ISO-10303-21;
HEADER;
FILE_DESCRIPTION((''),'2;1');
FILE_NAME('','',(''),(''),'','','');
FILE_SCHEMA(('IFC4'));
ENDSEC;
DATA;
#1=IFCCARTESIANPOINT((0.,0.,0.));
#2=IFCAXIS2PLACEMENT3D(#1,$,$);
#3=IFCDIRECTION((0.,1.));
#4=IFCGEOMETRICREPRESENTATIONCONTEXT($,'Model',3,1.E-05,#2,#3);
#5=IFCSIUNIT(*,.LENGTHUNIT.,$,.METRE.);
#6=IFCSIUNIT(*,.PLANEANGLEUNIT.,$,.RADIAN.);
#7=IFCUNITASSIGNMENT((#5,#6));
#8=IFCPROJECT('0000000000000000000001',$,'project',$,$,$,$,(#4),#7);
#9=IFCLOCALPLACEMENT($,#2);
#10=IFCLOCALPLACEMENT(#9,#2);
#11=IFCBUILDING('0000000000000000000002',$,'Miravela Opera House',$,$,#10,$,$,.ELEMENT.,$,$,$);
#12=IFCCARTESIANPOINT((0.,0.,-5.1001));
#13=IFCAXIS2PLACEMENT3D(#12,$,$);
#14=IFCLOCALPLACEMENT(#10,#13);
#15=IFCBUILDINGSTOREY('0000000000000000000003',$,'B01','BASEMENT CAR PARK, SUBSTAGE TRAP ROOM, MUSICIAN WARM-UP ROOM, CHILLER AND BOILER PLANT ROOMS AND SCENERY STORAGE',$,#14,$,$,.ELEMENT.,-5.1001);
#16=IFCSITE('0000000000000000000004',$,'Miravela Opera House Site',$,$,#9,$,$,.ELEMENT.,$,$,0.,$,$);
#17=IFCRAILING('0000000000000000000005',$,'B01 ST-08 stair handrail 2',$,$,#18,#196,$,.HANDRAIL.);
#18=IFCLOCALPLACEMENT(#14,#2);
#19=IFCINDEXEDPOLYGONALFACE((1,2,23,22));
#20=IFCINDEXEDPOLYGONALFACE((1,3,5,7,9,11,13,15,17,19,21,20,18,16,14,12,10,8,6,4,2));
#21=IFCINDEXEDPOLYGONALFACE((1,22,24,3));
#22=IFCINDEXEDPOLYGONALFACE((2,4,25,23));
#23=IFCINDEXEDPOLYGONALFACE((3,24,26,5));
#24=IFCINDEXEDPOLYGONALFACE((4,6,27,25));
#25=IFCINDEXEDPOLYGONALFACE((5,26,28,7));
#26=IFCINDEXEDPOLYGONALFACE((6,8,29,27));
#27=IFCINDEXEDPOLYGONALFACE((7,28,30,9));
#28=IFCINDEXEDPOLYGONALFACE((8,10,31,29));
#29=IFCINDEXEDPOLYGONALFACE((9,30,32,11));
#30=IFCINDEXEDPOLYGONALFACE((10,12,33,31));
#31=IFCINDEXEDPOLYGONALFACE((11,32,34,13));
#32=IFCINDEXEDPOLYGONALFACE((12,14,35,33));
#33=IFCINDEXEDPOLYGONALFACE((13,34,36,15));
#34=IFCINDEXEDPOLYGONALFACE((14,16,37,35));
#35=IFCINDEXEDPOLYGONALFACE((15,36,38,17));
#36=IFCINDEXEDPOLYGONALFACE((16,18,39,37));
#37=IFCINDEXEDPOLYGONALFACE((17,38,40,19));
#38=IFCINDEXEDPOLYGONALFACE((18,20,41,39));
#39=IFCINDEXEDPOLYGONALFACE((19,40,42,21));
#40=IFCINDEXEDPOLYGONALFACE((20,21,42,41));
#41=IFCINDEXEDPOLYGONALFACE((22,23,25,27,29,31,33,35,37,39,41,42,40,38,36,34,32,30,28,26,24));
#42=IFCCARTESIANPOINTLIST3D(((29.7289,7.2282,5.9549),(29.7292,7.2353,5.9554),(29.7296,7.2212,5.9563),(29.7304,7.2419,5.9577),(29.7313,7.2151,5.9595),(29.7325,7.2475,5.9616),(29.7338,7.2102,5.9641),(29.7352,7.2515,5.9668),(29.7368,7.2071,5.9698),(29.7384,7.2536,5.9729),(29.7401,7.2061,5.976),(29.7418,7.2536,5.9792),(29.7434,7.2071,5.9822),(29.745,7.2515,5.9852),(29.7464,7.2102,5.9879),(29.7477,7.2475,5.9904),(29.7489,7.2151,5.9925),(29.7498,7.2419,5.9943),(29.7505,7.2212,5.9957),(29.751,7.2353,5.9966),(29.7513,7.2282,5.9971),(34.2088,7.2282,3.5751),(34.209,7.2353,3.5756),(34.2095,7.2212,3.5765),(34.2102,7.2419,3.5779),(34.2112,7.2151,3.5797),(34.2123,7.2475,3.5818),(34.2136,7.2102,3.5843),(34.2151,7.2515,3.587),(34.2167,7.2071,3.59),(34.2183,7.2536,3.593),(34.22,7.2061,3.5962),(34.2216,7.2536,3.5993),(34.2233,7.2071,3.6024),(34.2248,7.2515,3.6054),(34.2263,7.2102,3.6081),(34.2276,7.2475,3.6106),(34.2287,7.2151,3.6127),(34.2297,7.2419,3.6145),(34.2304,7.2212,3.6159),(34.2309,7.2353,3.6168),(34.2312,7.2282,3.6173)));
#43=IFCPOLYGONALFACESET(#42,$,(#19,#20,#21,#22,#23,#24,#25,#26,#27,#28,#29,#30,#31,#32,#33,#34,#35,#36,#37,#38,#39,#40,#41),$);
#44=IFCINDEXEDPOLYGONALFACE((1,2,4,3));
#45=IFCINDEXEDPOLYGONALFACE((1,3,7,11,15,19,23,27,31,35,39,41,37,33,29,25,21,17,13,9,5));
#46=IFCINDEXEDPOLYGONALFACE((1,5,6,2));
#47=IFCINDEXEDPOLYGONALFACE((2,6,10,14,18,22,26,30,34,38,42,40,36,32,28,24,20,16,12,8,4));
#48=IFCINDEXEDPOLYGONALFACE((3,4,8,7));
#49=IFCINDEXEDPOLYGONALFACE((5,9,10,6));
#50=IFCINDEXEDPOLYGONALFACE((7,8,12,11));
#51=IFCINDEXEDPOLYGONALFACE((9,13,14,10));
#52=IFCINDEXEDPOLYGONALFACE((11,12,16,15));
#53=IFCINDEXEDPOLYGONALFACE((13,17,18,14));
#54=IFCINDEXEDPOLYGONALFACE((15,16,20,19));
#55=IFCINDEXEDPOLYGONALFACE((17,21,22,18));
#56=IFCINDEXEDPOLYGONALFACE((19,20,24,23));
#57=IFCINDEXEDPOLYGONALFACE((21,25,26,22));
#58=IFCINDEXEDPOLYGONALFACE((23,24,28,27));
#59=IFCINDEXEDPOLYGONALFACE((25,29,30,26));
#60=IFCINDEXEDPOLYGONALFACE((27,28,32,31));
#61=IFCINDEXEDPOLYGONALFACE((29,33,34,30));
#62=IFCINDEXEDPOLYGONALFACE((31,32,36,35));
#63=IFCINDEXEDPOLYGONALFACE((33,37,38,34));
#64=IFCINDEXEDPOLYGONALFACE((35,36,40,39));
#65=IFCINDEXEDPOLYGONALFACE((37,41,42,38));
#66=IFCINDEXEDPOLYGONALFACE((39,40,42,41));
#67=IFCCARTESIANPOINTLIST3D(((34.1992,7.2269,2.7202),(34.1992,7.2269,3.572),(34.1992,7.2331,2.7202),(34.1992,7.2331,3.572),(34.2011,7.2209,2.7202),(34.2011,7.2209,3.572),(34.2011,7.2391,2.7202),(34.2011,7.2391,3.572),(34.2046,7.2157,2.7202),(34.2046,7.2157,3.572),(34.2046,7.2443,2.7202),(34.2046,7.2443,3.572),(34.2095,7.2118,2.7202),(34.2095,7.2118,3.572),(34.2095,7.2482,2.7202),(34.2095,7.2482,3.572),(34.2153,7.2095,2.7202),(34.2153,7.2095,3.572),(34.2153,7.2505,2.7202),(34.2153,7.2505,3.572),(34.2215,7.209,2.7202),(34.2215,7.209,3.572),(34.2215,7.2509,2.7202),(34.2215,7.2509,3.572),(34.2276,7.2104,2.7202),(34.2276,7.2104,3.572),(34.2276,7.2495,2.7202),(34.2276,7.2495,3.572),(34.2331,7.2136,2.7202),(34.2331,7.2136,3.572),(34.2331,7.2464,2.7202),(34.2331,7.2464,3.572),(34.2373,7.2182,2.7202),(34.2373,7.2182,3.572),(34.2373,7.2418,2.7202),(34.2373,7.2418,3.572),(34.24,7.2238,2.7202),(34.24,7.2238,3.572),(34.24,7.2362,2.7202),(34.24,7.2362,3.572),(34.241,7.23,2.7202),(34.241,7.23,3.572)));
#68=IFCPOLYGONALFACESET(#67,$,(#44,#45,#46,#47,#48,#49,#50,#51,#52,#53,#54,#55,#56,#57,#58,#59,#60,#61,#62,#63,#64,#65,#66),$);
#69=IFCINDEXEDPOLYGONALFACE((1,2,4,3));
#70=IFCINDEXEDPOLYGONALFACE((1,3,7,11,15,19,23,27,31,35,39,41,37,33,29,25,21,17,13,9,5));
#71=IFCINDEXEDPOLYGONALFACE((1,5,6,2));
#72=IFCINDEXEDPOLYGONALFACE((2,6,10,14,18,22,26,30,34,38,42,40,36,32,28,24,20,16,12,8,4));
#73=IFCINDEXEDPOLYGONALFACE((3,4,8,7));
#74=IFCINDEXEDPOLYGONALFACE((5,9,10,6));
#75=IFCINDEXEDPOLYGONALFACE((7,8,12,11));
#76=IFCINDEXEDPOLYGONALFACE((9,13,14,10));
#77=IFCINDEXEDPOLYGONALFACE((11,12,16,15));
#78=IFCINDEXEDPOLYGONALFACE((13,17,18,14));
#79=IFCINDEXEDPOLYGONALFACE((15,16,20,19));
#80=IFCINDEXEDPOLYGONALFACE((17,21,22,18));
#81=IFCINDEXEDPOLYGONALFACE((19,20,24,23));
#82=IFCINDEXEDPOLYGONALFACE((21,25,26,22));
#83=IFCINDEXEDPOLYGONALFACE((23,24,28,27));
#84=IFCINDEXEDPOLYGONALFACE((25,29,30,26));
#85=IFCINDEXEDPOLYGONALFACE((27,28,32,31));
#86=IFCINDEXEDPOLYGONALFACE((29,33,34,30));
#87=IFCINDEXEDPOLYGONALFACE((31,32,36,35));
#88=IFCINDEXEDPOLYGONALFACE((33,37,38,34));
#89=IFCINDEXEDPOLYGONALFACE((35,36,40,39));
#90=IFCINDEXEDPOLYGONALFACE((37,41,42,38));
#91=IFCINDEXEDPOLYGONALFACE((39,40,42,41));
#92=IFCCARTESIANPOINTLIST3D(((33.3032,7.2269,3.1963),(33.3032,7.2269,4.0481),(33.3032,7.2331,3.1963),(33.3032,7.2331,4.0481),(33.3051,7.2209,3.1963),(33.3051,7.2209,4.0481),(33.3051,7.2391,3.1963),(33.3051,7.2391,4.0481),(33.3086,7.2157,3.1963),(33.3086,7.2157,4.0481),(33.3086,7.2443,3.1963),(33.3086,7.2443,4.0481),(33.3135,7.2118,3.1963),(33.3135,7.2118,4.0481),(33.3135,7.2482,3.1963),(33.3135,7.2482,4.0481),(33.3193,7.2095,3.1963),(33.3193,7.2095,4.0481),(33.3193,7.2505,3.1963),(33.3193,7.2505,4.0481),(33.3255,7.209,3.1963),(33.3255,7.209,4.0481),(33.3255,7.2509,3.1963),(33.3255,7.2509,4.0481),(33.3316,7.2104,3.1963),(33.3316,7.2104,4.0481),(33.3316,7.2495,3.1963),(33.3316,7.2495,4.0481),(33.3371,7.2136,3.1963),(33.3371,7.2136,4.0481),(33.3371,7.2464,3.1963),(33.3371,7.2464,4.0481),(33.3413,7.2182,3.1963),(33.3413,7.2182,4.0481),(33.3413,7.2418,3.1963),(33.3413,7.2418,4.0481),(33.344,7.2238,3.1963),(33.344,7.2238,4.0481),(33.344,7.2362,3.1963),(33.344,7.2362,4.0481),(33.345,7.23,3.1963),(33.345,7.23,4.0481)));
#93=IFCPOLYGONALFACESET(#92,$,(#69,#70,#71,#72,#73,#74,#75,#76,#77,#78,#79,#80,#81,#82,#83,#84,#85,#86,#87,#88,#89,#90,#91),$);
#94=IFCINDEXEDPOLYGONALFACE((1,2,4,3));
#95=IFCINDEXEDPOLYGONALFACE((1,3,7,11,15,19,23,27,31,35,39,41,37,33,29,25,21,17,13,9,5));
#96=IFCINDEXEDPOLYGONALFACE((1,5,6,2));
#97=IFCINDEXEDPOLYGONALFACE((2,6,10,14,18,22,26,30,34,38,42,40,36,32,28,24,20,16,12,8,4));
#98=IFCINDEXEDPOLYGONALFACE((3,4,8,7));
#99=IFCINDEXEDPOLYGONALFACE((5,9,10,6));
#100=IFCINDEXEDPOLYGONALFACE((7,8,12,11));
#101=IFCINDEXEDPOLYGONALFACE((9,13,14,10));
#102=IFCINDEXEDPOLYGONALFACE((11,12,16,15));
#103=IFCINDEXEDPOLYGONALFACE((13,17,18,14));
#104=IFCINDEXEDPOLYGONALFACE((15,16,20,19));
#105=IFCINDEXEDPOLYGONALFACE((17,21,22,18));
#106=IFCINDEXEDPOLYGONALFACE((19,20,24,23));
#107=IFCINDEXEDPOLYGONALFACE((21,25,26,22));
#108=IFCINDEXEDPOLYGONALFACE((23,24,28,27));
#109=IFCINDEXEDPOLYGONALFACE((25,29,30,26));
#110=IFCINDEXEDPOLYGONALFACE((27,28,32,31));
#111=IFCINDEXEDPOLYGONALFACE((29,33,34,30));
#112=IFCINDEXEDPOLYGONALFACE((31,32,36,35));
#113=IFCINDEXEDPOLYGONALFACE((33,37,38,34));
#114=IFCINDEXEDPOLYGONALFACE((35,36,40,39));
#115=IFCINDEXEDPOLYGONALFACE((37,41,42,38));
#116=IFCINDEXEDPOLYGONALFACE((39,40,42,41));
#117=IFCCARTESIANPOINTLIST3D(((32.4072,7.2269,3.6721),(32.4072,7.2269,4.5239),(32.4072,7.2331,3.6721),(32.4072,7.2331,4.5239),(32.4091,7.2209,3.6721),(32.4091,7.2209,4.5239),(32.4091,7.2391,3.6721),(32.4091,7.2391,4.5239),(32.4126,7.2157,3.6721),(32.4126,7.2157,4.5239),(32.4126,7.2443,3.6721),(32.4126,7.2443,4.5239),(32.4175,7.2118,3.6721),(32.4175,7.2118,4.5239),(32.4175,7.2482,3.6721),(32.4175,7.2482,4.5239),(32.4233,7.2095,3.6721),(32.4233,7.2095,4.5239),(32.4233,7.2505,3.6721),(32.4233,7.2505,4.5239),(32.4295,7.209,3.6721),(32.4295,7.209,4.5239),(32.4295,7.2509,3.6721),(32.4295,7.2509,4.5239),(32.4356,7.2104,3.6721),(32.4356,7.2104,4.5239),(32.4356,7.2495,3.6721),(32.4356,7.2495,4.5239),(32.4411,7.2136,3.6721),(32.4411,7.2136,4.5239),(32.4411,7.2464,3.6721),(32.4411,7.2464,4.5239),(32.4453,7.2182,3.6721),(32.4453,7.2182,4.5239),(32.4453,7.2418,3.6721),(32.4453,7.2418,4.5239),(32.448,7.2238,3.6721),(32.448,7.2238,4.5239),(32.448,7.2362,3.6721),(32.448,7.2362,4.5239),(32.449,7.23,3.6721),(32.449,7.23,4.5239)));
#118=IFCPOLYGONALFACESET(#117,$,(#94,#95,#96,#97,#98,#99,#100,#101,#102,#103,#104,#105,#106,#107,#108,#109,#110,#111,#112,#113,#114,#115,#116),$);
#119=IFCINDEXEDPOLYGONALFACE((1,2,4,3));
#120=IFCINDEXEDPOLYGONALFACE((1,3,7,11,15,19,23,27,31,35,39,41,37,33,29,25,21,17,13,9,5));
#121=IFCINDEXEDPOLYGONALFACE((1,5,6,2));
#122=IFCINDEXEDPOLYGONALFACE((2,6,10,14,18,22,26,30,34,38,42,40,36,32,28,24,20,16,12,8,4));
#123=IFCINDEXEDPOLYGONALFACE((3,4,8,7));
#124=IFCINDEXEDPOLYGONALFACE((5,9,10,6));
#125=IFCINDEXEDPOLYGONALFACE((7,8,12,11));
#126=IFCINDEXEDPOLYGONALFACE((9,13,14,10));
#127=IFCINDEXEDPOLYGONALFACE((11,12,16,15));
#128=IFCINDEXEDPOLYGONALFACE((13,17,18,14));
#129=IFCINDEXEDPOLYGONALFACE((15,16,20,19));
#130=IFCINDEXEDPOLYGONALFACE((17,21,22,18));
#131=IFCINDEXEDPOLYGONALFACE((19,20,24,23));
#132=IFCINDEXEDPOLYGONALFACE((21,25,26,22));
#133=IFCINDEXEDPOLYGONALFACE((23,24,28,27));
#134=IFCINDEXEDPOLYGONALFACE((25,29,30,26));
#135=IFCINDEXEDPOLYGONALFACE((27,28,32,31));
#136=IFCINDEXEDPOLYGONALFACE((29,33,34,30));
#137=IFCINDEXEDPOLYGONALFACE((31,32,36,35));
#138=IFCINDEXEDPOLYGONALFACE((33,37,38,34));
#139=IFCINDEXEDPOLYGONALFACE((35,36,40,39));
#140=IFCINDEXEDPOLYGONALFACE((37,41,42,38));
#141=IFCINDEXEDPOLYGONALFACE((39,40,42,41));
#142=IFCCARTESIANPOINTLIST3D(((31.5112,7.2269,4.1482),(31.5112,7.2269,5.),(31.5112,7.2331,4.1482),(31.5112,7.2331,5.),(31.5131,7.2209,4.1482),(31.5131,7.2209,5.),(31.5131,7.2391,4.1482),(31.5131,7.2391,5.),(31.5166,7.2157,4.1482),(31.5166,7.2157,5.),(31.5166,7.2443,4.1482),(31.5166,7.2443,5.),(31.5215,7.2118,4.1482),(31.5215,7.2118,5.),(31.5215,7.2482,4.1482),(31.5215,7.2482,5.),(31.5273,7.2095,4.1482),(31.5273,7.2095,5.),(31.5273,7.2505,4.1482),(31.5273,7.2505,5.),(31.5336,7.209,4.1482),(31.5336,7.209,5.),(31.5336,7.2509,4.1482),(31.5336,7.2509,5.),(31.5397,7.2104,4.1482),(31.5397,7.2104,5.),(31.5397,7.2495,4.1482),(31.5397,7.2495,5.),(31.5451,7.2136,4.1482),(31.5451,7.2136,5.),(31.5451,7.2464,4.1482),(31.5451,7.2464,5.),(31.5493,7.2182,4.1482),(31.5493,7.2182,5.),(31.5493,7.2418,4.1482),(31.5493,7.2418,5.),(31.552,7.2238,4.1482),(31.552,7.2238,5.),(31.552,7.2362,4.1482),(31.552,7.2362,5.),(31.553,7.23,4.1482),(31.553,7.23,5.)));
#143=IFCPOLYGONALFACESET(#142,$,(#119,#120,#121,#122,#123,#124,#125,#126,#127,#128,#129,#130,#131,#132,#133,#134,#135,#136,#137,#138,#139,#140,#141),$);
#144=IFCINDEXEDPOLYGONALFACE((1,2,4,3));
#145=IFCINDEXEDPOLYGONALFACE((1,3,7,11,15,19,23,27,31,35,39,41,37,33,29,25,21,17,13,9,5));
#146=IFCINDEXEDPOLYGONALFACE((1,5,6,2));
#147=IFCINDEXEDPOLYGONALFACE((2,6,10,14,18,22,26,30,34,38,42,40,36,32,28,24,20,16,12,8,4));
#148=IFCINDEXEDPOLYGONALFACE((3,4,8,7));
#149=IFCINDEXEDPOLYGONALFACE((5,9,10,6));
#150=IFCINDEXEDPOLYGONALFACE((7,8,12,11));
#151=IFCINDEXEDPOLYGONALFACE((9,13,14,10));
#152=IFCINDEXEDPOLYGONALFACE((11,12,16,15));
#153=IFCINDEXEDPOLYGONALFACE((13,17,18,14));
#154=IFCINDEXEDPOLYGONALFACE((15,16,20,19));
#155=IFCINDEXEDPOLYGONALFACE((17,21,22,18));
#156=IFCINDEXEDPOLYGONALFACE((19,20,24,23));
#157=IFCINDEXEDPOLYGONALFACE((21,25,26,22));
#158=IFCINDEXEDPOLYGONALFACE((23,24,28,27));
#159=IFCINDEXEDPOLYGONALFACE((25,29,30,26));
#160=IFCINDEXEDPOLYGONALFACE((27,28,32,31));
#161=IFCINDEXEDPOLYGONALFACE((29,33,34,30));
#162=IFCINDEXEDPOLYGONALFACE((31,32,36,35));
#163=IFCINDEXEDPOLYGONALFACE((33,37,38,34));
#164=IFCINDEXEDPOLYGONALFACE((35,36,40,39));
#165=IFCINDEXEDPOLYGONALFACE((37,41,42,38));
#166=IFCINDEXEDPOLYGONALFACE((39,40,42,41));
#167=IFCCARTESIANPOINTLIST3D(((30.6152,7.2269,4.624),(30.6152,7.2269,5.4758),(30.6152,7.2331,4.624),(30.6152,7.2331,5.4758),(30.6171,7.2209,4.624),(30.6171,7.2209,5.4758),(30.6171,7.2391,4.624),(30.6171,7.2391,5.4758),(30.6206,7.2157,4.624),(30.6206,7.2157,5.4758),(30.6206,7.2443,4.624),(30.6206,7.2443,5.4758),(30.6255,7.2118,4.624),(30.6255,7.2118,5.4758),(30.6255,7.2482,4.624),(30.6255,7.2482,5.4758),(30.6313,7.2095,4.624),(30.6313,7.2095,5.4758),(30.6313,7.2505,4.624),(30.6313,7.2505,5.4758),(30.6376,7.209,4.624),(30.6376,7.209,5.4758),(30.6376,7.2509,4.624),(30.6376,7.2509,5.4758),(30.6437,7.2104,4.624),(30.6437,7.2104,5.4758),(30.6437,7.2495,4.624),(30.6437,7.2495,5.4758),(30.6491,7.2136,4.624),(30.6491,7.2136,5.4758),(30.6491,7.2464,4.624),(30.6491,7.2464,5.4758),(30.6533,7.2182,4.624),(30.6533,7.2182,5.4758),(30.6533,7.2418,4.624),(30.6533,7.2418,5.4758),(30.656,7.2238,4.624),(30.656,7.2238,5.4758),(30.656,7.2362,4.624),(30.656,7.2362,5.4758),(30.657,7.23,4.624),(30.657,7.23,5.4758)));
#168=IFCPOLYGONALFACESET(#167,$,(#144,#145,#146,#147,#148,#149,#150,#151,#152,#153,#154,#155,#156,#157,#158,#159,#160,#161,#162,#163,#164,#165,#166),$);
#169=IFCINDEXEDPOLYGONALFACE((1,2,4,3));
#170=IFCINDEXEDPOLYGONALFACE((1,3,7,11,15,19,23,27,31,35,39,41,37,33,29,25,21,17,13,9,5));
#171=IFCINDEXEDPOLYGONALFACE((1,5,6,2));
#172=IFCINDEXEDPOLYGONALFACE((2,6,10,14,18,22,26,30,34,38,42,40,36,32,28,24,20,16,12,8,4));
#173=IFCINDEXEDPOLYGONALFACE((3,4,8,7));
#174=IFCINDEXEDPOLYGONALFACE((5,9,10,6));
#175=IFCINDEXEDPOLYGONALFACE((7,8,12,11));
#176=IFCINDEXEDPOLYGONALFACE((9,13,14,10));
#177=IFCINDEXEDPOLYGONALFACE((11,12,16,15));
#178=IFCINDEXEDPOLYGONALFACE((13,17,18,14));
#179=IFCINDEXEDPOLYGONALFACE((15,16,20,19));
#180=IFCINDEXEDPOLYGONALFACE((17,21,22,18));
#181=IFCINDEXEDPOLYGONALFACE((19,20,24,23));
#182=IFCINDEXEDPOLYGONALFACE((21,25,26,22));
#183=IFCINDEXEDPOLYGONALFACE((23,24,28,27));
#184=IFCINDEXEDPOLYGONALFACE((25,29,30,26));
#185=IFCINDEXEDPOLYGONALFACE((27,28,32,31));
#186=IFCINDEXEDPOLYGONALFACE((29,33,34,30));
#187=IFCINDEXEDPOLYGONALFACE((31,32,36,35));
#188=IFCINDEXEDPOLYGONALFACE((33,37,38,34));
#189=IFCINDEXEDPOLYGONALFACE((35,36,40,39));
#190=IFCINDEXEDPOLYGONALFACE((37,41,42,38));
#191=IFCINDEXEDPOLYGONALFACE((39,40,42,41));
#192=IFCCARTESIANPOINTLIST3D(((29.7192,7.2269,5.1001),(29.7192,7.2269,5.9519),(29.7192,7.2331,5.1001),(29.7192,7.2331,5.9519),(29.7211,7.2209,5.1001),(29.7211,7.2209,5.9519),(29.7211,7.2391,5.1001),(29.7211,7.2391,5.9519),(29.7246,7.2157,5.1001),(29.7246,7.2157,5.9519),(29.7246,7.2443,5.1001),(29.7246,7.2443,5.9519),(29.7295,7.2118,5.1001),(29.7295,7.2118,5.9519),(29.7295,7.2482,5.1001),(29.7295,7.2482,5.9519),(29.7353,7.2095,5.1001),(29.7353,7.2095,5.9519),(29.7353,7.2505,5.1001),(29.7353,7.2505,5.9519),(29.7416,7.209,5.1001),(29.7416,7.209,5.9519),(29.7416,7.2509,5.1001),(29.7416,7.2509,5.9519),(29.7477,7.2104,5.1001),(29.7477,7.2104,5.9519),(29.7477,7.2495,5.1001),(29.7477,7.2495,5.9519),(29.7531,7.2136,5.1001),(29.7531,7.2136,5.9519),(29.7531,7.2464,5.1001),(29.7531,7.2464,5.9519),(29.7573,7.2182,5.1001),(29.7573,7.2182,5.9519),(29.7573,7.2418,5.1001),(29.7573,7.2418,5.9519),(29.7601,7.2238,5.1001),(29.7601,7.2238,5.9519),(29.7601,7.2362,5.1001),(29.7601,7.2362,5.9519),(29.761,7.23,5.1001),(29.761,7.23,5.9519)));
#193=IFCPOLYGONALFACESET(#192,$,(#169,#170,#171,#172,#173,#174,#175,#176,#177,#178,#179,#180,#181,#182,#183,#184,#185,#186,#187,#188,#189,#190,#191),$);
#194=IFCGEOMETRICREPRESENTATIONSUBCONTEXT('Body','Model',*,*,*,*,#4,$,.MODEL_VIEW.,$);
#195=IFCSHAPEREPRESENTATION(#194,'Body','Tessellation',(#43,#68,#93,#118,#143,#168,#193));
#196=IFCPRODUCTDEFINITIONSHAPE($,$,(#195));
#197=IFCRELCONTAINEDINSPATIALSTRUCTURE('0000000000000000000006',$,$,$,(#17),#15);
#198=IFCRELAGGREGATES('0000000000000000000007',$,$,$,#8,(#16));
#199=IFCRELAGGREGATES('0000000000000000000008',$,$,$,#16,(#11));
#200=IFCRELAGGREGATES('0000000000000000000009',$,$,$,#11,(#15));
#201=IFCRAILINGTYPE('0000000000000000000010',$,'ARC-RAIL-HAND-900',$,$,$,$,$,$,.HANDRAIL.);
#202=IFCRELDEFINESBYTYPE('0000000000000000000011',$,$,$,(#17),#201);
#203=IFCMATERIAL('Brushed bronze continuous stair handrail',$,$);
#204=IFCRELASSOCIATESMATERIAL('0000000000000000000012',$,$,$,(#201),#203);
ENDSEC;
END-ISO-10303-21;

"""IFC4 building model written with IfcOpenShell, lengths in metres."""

from ifc_helpers import new_model, si_unit, direction, frame, origin, origin_2d, place, context, subcontext, project, spatial, circle, extrude, material, type_object, element, save


model = new_model("IFC4")

# Units and contexts
model_context = context("Model", 3, precision=1e-05, world=origin(), true_north=direction((0.0, 1.0)))
body_context = subcontext(model_context, "Body", "Model", "MODEL_VIEW")
ifc_project = project(units=[si_unit("LENGTHUNIT", "METRE"), si_unit("PLANEANGLEUNIT", "RADIAN")], contexts=[model_context])

# Site, building, storey
site_placement = place(None, origin())
site = spatial("IfcSite", under=ifc_project, at=site_placement, Name="Miravela Opera House Site", CompositionType="ELEMENT", RefElevation=0.0)
building_placement = place(site_placement, origin())
building = spatial("IfcBuilding", under=site, at=building_placement, Name="Miravela Opera House", CompositionType="ELEMENT")
storey_placement = place(building_placement, frame((0.0, 0.0, -5.1001)))
storey = spatial("IfcBuildingStorey", under=building, at=storey_placement, Name="B01", Description="BASEMENT CAR PARK, SUBSTAGE TRAP ROOM, MUSICIAN WARM-UP ROOM, CHILLER AND BOILER PLANT ROOMS AND SCENERY STORAGE", CompositionType="ELEMENT", Elevation=-5.1001)

# Railing
ifc_material_1 = material(Name="Brushed bronze continuous stair handrail")
railing_type = type_object("IfcRailingType", Name="ARC-RAIL-HAND-900", PredefinedType="HANDRAIL", material=ifc_material_1)
railing_placement = place(storey_placement, frame((34.22, 7.23, 2.7202)))
element("IfcRailing", 1, at=railing_placement, inside=storey, type_object=railing_type, Name="B01 ST-08 stair handrail 2", PredefinedType="HANDRAIL", context=body_context, shape_type="SweptSolid", body=[
    extrude(circle(Radius=0.0239, at=origin_2d()), frame((0.0, 0.0, 0.876), z_axis=(-0.883124, 0.0, 0.469139), x_axis=(0.0, -1.0, 0.0)), (0.0, 0.0, 1.0), 5.0728),
    extrude(circle(Radius=0.021, at=origin_2d()), origin(), (0.0, 0.0, 1.0), 0.8518),
    extrude(circle(Radius=0.021, at=origin_2d()), frame((-0.896, 0.0, 0.4761)), (0.0, 0.0, 1.0), 0.8518),
    extrude(circle(Radius=0.021, at=origin_2d()), frame((-1.792, 0.0, 0.9519)), (0.0, 0.0, 1.0), 0.8518),
    extrude(circle(Radius=0.021, at=origin_2d()), frame((-2.688, 0.0, 1.428)), (0.0, 0.0, 1.0), 0.8518),
    extrude(circle(Radius=0.021, at=origin_2d()), frame((-3.584, 0.0, 1.9038)), (0.0, 0.0, 1.0), 0.8518),
    extrude(circle(Radius=0.021, at=origin_2d()), frame((-4.48, 0.0, 2.3799)), (0.0, 0.0, 1.0), 0.8518),
])

save(model, "model.ifc")
